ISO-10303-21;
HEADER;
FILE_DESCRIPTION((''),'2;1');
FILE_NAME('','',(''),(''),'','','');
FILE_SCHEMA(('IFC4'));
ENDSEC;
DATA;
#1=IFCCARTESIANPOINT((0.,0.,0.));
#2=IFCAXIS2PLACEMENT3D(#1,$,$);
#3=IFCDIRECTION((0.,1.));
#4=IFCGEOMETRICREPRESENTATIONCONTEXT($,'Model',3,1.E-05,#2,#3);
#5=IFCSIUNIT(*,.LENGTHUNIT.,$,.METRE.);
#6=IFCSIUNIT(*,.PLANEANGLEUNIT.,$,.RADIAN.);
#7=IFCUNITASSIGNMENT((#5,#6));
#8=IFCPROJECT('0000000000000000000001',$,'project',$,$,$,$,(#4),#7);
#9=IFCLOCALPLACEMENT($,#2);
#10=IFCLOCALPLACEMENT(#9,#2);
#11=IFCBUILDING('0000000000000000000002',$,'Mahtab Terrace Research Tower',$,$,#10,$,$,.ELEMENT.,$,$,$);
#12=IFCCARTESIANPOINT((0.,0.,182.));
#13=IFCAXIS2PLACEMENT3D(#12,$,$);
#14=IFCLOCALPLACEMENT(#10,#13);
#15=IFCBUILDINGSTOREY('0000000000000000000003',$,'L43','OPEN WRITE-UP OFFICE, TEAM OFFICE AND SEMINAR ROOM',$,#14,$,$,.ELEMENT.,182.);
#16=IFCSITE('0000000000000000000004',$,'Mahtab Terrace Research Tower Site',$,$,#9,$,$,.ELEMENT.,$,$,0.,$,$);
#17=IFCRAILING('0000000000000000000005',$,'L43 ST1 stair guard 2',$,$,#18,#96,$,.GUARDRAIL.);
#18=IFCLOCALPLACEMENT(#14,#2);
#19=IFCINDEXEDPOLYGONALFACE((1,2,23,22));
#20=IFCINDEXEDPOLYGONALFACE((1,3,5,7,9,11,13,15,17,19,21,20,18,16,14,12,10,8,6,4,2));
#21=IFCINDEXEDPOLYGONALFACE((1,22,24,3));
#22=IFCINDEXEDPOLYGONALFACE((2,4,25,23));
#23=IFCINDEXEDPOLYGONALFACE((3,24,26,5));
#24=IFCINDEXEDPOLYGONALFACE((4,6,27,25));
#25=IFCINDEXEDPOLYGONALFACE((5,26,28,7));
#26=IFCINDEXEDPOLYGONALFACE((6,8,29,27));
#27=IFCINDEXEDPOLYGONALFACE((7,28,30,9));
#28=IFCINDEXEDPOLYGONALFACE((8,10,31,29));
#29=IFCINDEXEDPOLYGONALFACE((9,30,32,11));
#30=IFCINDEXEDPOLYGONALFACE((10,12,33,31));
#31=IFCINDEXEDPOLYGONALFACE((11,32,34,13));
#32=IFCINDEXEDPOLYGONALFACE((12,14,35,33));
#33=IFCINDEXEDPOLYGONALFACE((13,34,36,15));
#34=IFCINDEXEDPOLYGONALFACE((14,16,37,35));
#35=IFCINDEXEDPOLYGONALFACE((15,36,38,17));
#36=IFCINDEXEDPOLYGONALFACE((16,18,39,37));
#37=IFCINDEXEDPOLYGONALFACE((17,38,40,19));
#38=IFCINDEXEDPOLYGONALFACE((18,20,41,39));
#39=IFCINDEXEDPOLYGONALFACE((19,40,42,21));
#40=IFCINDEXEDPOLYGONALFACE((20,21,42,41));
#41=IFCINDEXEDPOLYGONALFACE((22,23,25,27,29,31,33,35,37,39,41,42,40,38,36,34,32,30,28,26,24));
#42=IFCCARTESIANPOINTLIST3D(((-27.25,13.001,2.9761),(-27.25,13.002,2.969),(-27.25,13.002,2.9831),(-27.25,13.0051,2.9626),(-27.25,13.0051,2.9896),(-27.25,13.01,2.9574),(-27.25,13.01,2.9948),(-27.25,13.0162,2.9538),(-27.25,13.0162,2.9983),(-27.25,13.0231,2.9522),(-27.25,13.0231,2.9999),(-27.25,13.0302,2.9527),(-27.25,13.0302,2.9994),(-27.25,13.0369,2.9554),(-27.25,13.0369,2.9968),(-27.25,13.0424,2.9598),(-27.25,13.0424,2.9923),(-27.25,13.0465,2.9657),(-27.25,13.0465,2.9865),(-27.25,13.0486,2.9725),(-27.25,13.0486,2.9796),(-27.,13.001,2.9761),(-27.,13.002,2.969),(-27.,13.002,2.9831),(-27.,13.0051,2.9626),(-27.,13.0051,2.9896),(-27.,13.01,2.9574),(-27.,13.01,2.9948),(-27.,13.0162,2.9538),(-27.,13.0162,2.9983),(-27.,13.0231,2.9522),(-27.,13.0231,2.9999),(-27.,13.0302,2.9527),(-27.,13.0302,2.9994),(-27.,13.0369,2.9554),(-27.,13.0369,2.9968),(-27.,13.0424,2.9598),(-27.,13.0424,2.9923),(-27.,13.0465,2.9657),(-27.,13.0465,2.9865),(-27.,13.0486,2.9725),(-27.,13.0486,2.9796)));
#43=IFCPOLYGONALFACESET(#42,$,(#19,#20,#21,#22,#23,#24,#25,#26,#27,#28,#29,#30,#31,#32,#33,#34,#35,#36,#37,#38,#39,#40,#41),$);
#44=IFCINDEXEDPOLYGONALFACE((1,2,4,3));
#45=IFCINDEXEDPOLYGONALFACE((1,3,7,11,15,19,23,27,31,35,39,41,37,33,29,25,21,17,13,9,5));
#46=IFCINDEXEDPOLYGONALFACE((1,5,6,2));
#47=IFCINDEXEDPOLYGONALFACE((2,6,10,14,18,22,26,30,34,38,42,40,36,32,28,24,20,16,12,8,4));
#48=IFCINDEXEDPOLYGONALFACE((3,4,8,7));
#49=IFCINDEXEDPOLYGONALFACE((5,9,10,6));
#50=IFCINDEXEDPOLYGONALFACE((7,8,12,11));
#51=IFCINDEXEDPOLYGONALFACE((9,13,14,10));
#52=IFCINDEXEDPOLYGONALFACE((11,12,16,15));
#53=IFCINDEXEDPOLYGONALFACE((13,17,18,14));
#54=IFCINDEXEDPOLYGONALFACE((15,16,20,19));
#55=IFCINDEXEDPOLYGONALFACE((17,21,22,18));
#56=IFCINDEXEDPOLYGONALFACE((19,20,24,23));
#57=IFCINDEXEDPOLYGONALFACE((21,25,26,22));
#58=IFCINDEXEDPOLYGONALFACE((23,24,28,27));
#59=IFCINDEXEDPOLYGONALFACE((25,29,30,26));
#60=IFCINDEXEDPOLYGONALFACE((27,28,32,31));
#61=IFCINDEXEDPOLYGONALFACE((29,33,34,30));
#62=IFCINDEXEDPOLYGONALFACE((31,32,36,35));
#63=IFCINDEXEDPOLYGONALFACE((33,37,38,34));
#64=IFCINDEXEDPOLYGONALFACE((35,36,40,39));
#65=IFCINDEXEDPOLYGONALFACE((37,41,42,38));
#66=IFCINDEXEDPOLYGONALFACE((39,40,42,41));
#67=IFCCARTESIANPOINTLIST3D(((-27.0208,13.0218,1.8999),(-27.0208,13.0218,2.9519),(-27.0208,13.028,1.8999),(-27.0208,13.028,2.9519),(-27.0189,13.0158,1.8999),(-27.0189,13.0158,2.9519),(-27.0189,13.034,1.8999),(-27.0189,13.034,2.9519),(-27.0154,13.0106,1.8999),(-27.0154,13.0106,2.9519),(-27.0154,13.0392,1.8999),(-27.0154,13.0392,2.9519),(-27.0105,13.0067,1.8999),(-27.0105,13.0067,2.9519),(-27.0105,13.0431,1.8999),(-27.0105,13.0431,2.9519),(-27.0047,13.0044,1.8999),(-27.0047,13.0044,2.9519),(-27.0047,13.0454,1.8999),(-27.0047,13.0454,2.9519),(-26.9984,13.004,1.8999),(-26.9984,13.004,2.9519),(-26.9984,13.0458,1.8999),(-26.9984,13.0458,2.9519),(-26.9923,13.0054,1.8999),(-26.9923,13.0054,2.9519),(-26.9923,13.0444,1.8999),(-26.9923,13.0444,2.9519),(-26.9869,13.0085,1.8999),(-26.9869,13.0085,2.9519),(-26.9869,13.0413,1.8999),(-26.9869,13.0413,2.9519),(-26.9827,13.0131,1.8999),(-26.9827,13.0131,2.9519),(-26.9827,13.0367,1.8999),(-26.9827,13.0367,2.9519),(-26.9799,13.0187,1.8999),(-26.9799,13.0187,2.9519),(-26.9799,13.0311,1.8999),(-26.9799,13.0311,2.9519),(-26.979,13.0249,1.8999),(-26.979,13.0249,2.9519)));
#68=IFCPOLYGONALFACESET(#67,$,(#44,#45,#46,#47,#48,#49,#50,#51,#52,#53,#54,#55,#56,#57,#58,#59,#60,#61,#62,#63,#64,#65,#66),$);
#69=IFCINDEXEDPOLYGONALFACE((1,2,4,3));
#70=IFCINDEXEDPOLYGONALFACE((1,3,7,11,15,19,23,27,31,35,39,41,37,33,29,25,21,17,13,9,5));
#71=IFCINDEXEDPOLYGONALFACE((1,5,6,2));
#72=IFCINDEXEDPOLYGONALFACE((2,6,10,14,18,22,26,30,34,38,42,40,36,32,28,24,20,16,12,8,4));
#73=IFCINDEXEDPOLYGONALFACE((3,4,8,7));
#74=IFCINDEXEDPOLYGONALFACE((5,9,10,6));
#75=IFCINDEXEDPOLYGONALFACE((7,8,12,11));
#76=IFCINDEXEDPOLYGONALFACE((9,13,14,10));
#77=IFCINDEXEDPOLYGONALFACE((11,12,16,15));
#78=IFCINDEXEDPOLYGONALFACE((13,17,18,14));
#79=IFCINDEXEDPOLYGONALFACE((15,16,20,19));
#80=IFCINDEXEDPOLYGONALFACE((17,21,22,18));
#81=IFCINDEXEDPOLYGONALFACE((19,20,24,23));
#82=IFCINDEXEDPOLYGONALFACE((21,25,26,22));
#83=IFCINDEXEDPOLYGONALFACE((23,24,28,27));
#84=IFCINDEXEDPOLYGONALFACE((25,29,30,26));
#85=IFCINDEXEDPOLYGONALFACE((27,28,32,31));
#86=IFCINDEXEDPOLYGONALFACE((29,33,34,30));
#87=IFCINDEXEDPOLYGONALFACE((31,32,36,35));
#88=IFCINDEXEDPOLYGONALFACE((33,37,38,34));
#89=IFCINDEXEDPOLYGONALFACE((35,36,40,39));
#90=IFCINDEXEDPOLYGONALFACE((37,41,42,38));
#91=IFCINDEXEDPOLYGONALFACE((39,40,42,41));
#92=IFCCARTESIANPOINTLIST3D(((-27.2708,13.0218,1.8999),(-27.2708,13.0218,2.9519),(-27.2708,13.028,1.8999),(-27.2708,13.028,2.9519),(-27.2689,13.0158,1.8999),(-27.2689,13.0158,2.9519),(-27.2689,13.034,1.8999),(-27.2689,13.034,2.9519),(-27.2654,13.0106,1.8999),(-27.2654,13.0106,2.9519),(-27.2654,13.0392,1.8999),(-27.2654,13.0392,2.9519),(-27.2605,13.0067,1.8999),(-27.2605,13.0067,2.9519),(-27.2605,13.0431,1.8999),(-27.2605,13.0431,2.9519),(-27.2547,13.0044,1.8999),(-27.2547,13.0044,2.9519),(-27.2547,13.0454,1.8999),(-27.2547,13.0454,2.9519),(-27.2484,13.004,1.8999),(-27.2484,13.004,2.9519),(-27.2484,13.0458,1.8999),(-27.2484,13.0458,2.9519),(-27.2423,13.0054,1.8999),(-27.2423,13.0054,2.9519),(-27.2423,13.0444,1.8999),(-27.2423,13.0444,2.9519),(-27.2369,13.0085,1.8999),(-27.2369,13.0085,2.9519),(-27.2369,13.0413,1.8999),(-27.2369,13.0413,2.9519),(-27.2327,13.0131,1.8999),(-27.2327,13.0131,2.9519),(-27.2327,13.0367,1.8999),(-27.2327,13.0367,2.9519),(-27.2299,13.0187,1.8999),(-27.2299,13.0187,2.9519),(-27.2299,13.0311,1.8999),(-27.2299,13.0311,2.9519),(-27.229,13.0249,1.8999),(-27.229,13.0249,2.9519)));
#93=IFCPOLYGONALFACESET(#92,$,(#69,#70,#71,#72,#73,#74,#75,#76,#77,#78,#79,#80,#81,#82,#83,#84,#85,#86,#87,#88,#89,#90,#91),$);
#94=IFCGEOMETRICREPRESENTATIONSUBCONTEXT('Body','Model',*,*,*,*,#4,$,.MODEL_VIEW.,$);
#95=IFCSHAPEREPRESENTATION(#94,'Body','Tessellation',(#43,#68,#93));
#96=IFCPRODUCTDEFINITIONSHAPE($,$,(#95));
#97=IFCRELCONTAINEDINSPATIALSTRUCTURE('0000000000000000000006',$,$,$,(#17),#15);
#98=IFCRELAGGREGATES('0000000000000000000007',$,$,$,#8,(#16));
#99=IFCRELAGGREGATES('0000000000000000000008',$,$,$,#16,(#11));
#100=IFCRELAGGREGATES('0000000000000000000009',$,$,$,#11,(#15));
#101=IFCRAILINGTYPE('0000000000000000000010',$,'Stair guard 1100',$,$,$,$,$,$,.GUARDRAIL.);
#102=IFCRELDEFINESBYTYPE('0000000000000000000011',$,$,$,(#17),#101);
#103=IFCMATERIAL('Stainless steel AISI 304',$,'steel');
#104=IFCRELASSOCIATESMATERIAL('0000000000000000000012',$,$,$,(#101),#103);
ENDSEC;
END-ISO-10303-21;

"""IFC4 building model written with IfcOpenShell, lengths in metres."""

from ifc_helpers import new_model, si_unit, direction, frame, origin, origin_2d, place, context, subcontext, project, spatial, circle, extrude, material, type_object, element, save


model = new_model("IFC4")

# Units and contexts
model_context = context("Model", 3, precision=1e-05, world=origin(), true_north=direction((0.0, 1.0)))
body_context = subcontext(model_context, "Body", "Model", "MODEL_VIEW")
ifc_project = project(units=[si_unit("LENGTHUNIT", "METRE"), si_unit("PLANEANGLEUNIT", "RADIAN")], contexts=[model_context])

# Site, building, storey
site_placement = place(None, origin())
site = spatial("IfcSite", under=ifc_project, at=site_placement, Name="Mahtab Terrace Research Tower Site", CompositionType="ELEMENT", RefElevation=0.0)
building_placement = place(site_placement, origin())
building = spatial("IfcBuilding", under=site, at=building_placement, Name="Mahtab Terrace Research Tower", CompositionType="ELEMENT")
storey_placement = place(building_placement, frame((0.0, 0.0, 182.0)))
storey = spatial("IfcBuildingStorey", under=building, at=storey_placement, Name="L43", Description="OPEN WRITE-UP OFFICE, TEAM OFFICE AND SEMINAR ROOM", CompositionType="ELEMENT", Elevation=182.0)

# Railing
ifc_material_1 = material(Name="Stainless steel AISI 304", Category="steel")
railing_type_1 = type_object("IfcRailingType", Name="Stair guard 1100", PredefinedType="GUARDRAIL", material=ifc_material_1)
railing_1_placement = place(storey_placement, frame((-27.0, 13.0249, 1.8999)))
element("IfcRailing", 1, at=railing_1_placement, inside=storey, type_object=railing_type_1, Name="L43 ST1 stair guard 2", PredefinedType="GUARDRAIL", context=body_context, shape_type="SweptSolid", body=[
    extrude(circle(Radius=0.0239, at=origin_2d()), frame((0.0, 0.0, 1.0762), z_axis=(-1.0, 0.0, 0.0), x_axis=(0.0, -1.0, 0.0)), (0.0, 0.0, 1.0), 0.25),
    extrude(circle(Radius=0.021, at=origin_2d()), origin(), (0.0, 0.0, 1.0), 1.052),
    extrude(circle(Radius=0.021, at=origin_2d()), frame((-0.25, 0.0, 0.0)), (0.0, 0.0, 1.0), 1.052),
])

save(model, "model.ifc")
